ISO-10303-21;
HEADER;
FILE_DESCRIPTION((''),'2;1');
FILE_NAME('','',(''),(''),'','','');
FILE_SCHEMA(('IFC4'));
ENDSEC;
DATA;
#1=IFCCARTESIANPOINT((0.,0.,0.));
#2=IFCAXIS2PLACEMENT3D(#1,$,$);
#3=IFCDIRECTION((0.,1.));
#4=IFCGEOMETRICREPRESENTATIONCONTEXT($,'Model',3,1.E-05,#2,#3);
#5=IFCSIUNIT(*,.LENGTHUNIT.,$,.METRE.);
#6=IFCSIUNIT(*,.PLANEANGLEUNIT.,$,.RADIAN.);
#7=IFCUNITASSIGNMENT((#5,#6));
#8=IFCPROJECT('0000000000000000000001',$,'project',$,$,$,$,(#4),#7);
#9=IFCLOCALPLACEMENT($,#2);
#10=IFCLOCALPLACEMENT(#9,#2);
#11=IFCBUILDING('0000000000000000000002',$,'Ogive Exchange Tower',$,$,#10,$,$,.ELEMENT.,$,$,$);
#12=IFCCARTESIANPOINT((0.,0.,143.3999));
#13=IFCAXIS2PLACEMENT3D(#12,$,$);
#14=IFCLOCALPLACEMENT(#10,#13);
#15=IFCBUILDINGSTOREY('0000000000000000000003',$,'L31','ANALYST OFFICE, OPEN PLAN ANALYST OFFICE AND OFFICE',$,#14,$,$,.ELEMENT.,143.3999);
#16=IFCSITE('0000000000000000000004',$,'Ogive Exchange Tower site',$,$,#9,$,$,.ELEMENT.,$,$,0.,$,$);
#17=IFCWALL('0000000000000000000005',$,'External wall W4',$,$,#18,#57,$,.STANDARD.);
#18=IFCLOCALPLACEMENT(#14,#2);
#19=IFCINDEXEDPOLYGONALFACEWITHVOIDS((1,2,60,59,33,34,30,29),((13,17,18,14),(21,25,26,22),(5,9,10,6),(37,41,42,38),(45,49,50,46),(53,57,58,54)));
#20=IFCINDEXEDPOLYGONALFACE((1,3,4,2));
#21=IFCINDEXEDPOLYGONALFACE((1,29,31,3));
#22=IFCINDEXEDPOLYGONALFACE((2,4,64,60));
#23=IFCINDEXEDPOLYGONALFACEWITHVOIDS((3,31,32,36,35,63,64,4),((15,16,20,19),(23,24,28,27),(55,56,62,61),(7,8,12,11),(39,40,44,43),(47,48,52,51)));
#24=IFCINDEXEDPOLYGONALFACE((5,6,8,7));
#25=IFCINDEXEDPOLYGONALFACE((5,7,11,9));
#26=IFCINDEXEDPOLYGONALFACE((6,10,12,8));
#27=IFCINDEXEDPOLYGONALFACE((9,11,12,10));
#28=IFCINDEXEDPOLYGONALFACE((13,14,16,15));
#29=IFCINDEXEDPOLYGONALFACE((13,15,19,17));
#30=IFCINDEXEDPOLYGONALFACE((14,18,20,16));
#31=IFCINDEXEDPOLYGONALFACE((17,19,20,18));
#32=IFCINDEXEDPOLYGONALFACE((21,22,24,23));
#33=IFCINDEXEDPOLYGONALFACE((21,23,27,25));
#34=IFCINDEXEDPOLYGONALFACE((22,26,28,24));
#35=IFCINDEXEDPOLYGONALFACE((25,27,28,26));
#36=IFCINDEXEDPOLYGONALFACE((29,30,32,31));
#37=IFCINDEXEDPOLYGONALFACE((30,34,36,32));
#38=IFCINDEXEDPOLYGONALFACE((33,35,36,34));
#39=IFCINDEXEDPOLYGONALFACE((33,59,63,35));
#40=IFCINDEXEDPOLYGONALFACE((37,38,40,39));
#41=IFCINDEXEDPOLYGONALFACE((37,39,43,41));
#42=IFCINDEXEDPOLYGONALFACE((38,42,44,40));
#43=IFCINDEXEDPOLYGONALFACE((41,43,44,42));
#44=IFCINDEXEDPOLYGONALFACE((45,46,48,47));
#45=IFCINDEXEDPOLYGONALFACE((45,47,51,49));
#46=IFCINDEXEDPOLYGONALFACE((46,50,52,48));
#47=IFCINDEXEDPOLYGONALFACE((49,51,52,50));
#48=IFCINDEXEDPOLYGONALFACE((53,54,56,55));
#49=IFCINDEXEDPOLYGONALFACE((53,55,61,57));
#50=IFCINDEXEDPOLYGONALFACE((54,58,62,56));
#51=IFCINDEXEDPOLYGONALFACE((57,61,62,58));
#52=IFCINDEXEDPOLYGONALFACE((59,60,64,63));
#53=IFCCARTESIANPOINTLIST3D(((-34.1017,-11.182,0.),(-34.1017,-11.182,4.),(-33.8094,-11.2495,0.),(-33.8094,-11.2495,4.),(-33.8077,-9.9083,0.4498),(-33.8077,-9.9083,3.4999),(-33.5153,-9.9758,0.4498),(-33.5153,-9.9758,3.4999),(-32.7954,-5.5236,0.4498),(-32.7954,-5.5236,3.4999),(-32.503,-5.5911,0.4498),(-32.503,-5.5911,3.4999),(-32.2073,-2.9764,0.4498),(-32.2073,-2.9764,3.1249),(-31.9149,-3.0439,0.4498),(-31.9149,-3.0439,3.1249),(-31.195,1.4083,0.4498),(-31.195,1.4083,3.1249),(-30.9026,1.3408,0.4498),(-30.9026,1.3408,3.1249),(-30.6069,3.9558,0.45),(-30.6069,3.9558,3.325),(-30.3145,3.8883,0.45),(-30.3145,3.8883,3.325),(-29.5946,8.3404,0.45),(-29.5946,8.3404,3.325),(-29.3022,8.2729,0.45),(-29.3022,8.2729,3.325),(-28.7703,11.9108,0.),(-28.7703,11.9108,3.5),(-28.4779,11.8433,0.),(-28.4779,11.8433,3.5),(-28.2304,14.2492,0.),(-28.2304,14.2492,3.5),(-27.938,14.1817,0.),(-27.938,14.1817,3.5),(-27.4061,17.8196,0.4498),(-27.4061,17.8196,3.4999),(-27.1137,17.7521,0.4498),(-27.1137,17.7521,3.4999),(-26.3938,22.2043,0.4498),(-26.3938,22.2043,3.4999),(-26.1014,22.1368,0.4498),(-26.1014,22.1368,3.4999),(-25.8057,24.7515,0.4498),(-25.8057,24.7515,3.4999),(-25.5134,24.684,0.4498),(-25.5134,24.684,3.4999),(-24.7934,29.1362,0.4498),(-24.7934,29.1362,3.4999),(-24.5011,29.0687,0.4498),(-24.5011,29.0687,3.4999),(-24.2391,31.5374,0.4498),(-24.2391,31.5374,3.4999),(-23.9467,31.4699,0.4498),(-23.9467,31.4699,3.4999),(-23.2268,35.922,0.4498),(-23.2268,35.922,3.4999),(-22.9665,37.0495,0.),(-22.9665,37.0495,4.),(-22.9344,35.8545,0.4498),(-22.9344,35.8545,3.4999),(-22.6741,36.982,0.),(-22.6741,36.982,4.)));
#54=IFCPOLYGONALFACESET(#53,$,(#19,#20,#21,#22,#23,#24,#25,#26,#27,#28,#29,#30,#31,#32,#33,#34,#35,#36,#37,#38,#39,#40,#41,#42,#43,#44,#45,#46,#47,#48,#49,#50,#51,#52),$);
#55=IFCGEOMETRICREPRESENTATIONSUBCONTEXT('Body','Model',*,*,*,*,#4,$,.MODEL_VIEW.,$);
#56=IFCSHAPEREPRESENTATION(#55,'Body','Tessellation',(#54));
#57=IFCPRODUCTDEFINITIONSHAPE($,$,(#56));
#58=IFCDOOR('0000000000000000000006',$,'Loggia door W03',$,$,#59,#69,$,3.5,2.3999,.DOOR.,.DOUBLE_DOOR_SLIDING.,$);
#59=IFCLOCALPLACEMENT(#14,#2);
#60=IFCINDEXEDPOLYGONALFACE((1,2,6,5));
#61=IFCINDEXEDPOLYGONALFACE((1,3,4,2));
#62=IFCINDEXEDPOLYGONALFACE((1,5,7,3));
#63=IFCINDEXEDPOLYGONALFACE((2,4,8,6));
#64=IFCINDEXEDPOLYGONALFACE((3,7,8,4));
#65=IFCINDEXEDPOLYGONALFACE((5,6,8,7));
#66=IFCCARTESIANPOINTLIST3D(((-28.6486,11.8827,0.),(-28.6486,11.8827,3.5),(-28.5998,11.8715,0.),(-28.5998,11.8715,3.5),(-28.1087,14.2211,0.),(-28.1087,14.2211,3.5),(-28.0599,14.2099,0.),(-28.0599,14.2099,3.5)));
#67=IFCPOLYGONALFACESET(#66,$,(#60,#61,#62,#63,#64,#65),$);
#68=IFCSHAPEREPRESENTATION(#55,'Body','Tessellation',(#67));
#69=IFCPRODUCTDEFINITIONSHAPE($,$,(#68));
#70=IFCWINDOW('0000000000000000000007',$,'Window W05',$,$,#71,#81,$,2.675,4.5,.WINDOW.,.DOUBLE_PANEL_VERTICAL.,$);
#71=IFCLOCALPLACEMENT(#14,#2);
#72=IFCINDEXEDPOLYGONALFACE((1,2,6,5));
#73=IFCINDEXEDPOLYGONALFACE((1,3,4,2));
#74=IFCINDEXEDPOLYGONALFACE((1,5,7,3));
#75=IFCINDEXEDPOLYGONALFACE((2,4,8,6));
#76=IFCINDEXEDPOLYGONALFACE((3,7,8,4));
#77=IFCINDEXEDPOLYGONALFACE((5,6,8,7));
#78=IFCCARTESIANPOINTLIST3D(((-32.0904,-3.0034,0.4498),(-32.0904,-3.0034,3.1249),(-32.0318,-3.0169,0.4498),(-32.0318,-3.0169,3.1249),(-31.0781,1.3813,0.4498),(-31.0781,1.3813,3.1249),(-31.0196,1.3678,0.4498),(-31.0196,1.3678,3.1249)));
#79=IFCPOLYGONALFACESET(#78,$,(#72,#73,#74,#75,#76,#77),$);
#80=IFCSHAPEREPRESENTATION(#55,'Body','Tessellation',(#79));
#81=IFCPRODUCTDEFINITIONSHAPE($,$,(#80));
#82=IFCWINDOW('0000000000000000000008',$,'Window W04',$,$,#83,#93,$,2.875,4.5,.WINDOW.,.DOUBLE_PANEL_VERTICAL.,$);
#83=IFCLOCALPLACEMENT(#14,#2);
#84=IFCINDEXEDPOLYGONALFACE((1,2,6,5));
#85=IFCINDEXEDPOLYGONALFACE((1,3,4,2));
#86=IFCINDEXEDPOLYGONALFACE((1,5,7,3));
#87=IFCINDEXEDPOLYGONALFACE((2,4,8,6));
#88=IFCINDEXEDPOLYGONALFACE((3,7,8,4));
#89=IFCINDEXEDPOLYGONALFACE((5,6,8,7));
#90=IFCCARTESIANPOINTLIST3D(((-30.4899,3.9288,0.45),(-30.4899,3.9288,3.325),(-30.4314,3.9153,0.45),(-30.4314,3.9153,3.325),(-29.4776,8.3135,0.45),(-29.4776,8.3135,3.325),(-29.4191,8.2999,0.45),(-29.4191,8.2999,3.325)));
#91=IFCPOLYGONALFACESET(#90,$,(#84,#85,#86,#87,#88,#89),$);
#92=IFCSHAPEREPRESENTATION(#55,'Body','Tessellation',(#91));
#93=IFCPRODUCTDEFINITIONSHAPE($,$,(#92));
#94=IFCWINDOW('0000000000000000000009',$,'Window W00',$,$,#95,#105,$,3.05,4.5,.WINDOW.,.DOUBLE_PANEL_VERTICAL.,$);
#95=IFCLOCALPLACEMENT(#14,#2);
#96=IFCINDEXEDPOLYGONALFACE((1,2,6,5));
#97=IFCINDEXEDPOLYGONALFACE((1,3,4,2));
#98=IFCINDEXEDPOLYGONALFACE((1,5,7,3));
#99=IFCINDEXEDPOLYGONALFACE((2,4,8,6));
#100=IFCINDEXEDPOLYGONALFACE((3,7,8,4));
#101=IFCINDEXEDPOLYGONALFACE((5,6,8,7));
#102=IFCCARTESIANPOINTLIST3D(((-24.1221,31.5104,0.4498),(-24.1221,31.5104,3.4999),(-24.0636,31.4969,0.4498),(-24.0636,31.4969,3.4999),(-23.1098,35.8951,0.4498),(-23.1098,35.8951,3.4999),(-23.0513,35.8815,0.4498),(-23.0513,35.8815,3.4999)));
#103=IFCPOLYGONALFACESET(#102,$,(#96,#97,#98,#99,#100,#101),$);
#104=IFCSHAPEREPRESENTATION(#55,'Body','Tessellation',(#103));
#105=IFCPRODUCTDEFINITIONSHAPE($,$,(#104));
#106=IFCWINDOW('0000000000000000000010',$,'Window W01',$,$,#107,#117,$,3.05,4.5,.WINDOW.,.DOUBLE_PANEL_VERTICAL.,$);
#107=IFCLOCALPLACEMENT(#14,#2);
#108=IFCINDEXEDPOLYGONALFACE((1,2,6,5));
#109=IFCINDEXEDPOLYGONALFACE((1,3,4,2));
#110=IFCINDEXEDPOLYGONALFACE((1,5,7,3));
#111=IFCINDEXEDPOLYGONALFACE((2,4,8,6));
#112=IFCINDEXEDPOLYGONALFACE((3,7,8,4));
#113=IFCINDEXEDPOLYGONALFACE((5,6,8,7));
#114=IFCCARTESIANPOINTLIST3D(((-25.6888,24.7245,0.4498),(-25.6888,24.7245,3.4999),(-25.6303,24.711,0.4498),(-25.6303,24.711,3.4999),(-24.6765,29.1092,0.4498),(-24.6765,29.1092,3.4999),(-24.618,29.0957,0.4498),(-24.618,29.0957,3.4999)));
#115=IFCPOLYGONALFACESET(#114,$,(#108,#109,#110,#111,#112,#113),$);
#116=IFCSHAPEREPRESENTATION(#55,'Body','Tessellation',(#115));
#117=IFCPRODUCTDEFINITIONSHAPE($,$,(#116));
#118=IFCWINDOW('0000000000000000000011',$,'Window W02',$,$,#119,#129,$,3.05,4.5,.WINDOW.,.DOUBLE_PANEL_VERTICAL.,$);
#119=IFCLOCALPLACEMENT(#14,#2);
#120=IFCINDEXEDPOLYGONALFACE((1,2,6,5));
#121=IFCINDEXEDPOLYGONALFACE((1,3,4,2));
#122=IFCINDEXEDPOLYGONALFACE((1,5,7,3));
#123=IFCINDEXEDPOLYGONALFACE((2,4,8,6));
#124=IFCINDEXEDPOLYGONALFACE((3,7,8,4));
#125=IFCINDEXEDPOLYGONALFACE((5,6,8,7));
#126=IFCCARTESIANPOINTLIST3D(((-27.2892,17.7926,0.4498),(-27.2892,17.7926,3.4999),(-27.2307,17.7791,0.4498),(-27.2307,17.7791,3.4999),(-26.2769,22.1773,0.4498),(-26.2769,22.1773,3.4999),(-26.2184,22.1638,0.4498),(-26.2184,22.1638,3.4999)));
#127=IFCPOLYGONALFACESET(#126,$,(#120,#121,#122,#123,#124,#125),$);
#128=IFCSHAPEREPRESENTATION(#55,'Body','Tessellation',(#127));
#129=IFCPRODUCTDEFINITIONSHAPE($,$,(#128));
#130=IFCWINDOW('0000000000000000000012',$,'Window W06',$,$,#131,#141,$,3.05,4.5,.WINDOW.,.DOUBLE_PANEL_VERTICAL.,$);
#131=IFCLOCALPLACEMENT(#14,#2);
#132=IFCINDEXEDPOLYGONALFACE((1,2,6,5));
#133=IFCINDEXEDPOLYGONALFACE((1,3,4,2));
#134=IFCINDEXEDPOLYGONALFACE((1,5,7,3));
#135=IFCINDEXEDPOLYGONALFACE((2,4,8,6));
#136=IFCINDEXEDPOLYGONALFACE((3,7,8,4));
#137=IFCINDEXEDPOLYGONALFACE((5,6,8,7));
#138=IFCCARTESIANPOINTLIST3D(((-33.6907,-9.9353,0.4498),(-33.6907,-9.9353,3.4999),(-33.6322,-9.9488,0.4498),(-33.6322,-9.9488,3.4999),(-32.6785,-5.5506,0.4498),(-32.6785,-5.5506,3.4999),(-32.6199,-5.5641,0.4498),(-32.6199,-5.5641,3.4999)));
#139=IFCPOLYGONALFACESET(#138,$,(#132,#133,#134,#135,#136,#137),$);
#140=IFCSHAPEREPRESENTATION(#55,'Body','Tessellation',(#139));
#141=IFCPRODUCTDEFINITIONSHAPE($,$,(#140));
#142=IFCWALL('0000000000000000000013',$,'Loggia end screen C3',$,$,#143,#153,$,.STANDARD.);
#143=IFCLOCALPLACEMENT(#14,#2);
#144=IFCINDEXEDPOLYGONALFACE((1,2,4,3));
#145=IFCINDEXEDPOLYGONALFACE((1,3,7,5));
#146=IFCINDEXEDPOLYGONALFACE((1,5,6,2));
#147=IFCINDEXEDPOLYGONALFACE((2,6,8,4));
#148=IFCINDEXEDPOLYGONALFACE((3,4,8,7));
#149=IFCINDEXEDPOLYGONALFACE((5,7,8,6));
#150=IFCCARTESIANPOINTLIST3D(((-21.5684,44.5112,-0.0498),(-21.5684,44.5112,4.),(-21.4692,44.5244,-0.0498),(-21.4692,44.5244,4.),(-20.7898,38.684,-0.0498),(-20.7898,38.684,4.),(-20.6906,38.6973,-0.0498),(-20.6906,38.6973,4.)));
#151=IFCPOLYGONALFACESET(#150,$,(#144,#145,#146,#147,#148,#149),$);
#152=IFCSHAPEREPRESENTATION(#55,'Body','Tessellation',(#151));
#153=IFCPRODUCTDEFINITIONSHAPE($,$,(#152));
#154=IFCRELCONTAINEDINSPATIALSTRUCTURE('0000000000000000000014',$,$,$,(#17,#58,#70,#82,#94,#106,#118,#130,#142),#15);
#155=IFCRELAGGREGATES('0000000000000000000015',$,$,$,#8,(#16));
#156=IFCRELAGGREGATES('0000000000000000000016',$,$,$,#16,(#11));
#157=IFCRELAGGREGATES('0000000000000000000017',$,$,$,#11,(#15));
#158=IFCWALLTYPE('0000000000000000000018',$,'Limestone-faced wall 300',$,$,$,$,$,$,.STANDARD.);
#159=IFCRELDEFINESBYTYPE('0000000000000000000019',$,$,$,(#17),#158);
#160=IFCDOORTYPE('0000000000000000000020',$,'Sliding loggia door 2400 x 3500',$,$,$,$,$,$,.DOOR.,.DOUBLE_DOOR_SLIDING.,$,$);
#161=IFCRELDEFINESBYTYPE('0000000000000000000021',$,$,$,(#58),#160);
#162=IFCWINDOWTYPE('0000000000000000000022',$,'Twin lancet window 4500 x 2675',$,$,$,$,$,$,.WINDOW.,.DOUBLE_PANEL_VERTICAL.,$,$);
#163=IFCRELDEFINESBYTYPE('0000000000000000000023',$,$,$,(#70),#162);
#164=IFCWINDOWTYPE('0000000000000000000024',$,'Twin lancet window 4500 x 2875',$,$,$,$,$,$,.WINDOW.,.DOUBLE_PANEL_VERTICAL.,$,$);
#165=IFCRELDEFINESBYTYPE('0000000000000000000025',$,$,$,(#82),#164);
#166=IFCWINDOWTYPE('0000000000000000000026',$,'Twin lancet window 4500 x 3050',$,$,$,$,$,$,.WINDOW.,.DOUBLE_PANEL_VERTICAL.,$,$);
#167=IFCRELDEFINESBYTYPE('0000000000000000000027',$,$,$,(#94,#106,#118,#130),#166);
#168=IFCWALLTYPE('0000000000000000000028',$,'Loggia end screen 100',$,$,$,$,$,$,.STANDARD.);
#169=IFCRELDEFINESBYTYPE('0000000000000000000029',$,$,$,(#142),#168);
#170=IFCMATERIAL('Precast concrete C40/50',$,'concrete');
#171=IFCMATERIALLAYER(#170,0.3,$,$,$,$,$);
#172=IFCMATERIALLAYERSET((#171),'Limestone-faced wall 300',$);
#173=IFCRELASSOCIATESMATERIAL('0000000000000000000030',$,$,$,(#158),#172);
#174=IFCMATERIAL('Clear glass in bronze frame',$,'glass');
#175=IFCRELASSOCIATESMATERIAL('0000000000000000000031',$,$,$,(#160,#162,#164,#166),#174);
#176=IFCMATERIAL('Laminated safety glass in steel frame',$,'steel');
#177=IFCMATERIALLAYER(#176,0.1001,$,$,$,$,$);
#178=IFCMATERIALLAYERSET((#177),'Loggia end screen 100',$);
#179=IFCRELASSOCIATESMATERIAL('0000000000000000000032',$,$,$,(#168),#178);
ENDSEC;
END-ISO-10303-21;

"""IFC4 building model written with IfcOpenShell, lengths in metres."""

from ifc_helpers import new_model, si_unit, direction, frame, frame_2d, origin, place, context, subcontext, project, spatial, rectangle, extrude, material, layer, layer_set, type_object, element, fill, save


model = new_model("IFC4")

# Units and contexts
model_context = context("Model", 3, precision=1e-05, world=origin(), true_north=direction((0.0, 1.0)))
body_context = subcontext(model_context, "Body", "Model", "MODEL_VIEW")
ifc_project = project(units=[si_unit("LENGTHUNIT", "METRE"), si_unit("PLANEANGLEUNIT", "RADIAN")], contexts=[model_context])

# Site, building, storey
site_placement = place(None, origin())
site = spatial("IfcSite", under=ifc_project, at=site_placement, Name="Ogive Exchange Tower site", CompositionType="ELEMENT", RefElevation=0.0)
building_placement = place(site_placement, origin())
building = spatial("IfcBuilding", under=site, at=building_placement, Name="Ogive Exchange Tower", CompositionType="ELEMENT")
storey_placement = place(building_placement, frame((0.0, 0.0, 143.3999)))
storey = spatial("IfcBuildingStorey", under=building, at=storey_placement, Name="L31", Description="ANALYST OFFICE, OPEN PLAN ANALYST OFFICE AND OFFICE", CompositionType="ELEMENT", Elevation=143.3999)

# Wall, openings, door, windows
ifc_material_1 = material(Name="Precast concrete C40/50", Category="concrete")
ifc_layer_1 = layer(ifc_material_1, 0.3)
ifc_layer_set_1 = layer_set([ifc_layer_1], Name="Limestone-faced wall 300")
wall_type_1 = type_object("IfcWallType", Name="Limestone-faced wall 300", PredefinedType="STANDARD", material=ifc_layer_set_1)
wall_1_placement = place(storey_placement, frame((-22.8203, 37.0156, 0.0), z_axis=(0.0, 0.0, 1.0), x_axis=(-0.224954, -0.974369, 0.0)))
wall_1 = element("IfcWall", 1, at=wall_1_placement, inside=storey, type_object=wall_type_1, Name="External wall W4", PredefinedType="STANDARD", context=body_context, shape_type="SweptSolid", body=[
    extrude(rectangle(XDim=49.5002, YDim=0.3, at=frame_2d((24.75, 0.0))), origin(), (0.0, 0.0, 1.0), 4.0),
])
opening_1_placement = place(wall_1_placement, frame((1.157, 0.0, 0.45)))
opening_1 = element("IfcOpeningElement", 2, at=opening_1_placement, cuts=wall_1, PredefinedType="OPENING", context=body_context, shape_type="SweptSolid", body=[
    extrude(rectangle(XDim=4.5, YDim=3.05, at=frame_2d((2.25, 1.5249))), frame((0.0, 0.1599, 0.0), z_axis=(0.0, -1.0, 0.0), x_axis=(1.0, 0.0, 0.0)), (0.0, 0.0, 1.0), 0.3201),
])
opening_2_placement = place(wall_1_placement, frame((8.1213, 0.0, 0.45)))
opening_2 = element("IfcOpeningElement", 3, at=opening_2_placement, cuts=wall_1, PredefinedType="OPENING", context=body_context, shape_type="SweptSolid", body=[
    extrude(rectangle(XDim=4.5, YDim=3.05, at=frame_2d((2.25, 1.5249))), frame((0.0, 0.1599, 0.0), z_axis=(0.0, -1.0, 0.0), x_axis=(1.0, 0.0, 0.0)), (0.0, 0.0, 1.0), 0.3201),
])
opening_3_placement = place(wall_1_placement, frame((15.2356, 0.0, 0.45)))
opening_3 = element("IfcOpeningElement", 4, at=opening_3_placement, cuts=wall_1, PredefinedType="OPENING", context=body_context, shape_type="SweptSolid", body=[
    extrude(rectangle(XDim=4.5, YDim=3.05, at=frame_2d((2.25, 1.5249))), frame((0.0, 0.1599, 0.0), z_axis=(0.0, -1.0, 0.0), x_axis=(1.0, 0.0, 0.0)), (0.0, 0.0, 1.0), 0.3201),
])
opening_4_placement = place(wall_1_placement, frame((23.3999, 0.0, 0.0)))
opening_4 = element("IfcOpeningElement", 5, at=opening_4_placement, cuts=wall_1, PredefinedType="OPENING", context=body_context, shape_type="SweptSolid", body=[
    extrude(rectangle(XDim=2.3999, YDim=3.5, at=frame_2d((1.2, 1.75))), frame((0.0, 0.1599, 0.0), z_axis=(0.0, -1.0, 0.0), x_axis=(1.0, 0.0, 0.0)), (0.0, 0.0, 1.0), 0.3201),
])
opening_5_placement = place(wall_1_placement, frame((29.4641, 0.0, 0.45)))
opening_5 = element("IfcOpeningElement", 6, at=opening_5_placement, cuts=wall_1, PredefinedType="OPENING", context=body_context, shape_type="SweptSolid", body=[
    extrude(rectangle(XDim=4.5, YDim=2.875, at=frame_2d((2.25, 1.4375))), frame((0.0, 0.1599, 0.0), z_axis=(0.0, -1.0, 0.0), x_axis=(1.0, 0.0, 0.0)), (0.0, 0.0, 1.0), 0.3201),
])
opening_6_placement = place(wall_1_placement, frame((36.5786, 0.0, 0.45)))
opening_6 = element("IfcOpeningElement", 7, at=opening_6_placement, cuts=wall_1, PredefinedType="OPENING", context=body_context, shape_type="SweptSolid", body=[
    extrude(rectangle(XDim=4.5, YDim=2.675, at=frame_2d((2.25, 1.3374))), frame((0.0, 0.1599, 0.0), z_axis=(0.0, -1.0, 0.0), x_axis=(1.0, 0.0, 0.0)), (0.0, 0.0, 1.0), 0.3201),
])
opening_7_placement = place(wall_1_placement, frame((43.6929, 0.0, 0.45)))
opening_7 = element("IfcOpeningElement", 8, at=opening_7_placement, cuts=wall_1, PredefinedType="OPENING", context=body_context, shape_type="SweptSolid", body=[
    extrude(rectangle(XDim=4.5, YDim=3.05, at=frame_2d((2.25, 1.5249))), frame((0.0, 0.1599, 0.0), z_axis=(0.0, -1.0, 0.0), x_axis=(1.0, 0.0, 0.0)), (0.0, 0.0, 1.0), 0.3201),
])
ifc_material_2 = material(Name="Clear glass in bronze frame", Category="glass")
door_type_1 = type_object("IfcDoorType", Name="Sliding loggia door 2400 x 3500", OperationType="DOUBLE_DOOR_SLIDING", PredefinedType="DOOR", material=ifc_material_2)
door_1_placement = place(opening_4_placement, origin())
door_1 = element("IfcDoor", 9, at=door_1_placement, inside=storey, type_object=door_type_1, Name="Loggia door W03", OperationType="DOUBLE_DOOR_SLIDING", OverallHeight=3.5, OverallWidth=2.3999, PredefinedType="DOOR", context=body_context, shape_type="SweptSolid", body=[
    extrude(rectangle(XDim=2.3999, YDim=3.5, at=frame_2d((1.2, 1.75))), frame((0.0, 0.0249, 0.0), z_axis=(0.0, -1.0, 0.0), x_axis=(1.0, 0.0, 0.0)), (0.0, 0.0, 1.0), 0.05),
])
fill(opening_4, door_1)
window_type_1 = type_object("IfcWindowType", Name="Twin lancet window 4500 x 2675", PartitioningType="DOUBLE_PANEL_VERTICAL", PredefinedType="WINDOW", material=ifc_material_2)
window_1_placement = place(opening_6_placement, origin())
window_1 = element("IfcWindow", 10, at=window_1_placement, inside=storey, type_object=window_type_1, Name="Window W05", OverallHeight=2.675, OverallWidth=4.5, PartitioningType="DOUBLE_PANEL_VERTICAL", PredefinedType="WINDOW", context=body_context, shape_type="SweptSolid", body=[
    extrude(rectangle(XDim=4.5, YDim=2.675, at=frame_2d((2.25, 1.3374))), frame((0.0, 0.03, 0.0), z_axis=(0.0, -1.0, 0.0), x_axis=(1.0, 0.0, 0.0)), (0.0, 0.0, 1.0), 0.0601),
])
fill(opening_6, window_1)
window_type_2 = type_object("IfcWindowType", Name="Twin lancet window 4500 x 2875", PartitioningType="DOUBLE_PANEL_VERTICAL", PredefinedType="WINDOW", material=ifc_material_2)
window_2_placement = place(opening_5_placement, origin())
window_2 = element("IfcWindow", 11, at=window_2_placement, inside=storey, type_object=window_type_2, Name="Window W04", OverallHeight=2.875, OverallWidth=4.5, PartitioningType="DOUBLE_PANEL_VERTICAL", PredefinedType="WINDOW", context=body_context, shape_type="SweptSolid", body=[
    extrude(rectangle(XDim=4.5, YDim=2.875, at=frame_2d((2.25, 1.4375))), frame((0.0, 0.03, 0.0), z_axis=(0.0, -1.0, 0.0), x_axis=(1.0, 0.0, 0.0)), (0.0, 0.0, 1.0), 0.0601),
])
fill(opening_5, window_2)
window_type_3 = type_object("IfcWindowType", Name="Twin lancet window 4500 x 3050", PartitioningType="DOUBLE_PANEL_VERTICAL", PredefinedType="WINDOW", material=ifc_material_2)
window_3_placement = place(opening_1_placement, origin())
window_3 = element("IfcWindow", 12, at=window_3_placement, inside=storey, type_object=window_type_3, Name="Window W00", OverallHeight=3.05, OverallWidth=4.5, PartitioningType="DOUBLE_PANEL_VERTICAL", PredefinedType="WINDOW", context=body_context, shape_type="SweptSolid", body=[
    extrude(rectangle(XDim=4.5, YDim=3.05, at=frame_2d((2.25, 1.5249))), frame((0.0, 0.03, 0.0), z_axis=(0.0, -1.0, 0.0), x_axis=(1.0, 0.0, 0.0)), (0.0, 0.0, 1.0), 0.0601),
])
fill(opening_1, window_3)
window_4_placement = place(opening_2_placement, origin())
window_4 = element("IfcWindow", 13, at=window_4_placement, inside=storey, type_object=window_type_3, Name="Window W01", OverallHeight=3.05, OverallWidth=4.5, PartitioningType="DOUBLE_PANEL_VERTICAL", PredefinedType="WINDOW", context=body_context, shape_type="SweptSolid", body=[
    extrude(rectangle(XDim=4.5, YDim=3.05, at=frame_2d((2.25, 1.5249))), frame((0.0, 0.03, 0.0), z_axis=(0.0, -1.0, 0.0), x_axis=(1.0, 0.0, 0.0)), (0.0, 0.0, 1.0), 0.0601),
])
fill(opening_2, window_4)
window_5_placement = place(opening_3_placement, origin())
window_5 = element("IfcWindow", 14, at=window_5_placement, inside=storey, type_object=window_type_3, Name="Window W02", OverallHeight=3.05, OverallWidth=4.5, PartitioningType="DOUBLE_PANEL_VERTICAL", PredefinedType="WINDOW", context=body_context, shape_type="SweptSolid", body=[
    extrude(rectangle(XDim=4.5, YDim=3.05, at=frame_2d((2.25, 1.5249))), frame((0.0, 0.03, 0.0), z_axis=(0.0, -1.0, 0.0), x_axis=(1.0, 0.0, 0.0)), (0.0, 0.0, 1.0), 0.0601),
])
fill(opening_3, window_5)
window_6_placement = place(opening_7_placement, origin())
window_6 = element("IfcWindow", 15, at=window_6_placement, inside=storey, type_object=window_type_3, Name="Window W06", OverallHeight=3.05, OverallWidth=4.5, PartitioningType="DOUBLE_PANEL_VERTICAL", PredefinedType="WINDOW", context=body_context, shape_type="SweptSolid", body=[
    extrude(rectangle(XDim=4.5, YDim=3.05, at=frame_2d((2.25, 1.5249))), frame((0.0, 0.03, 0.0), z_axis=(0.0, -1.0, 0.0), x_axis=(1.0, 0.0, 0.0)), (0.0, 0.0, 1.0), 0.0601),
])
fill(opening_7, window_6)

# Wall
ifc_material_3 = material(Name="Laminated safety glass in steel frame", Category="steel")
ifc_layer_2 = layer(ifc_material_3, 0.1001)
ifc_layer_set_2 = layer_set([ifc_layer_2], Name="Loggia end screen 100")
wall_type_2 = type_object("IfcWallType", Name="Loggia end screen 100", PredefinedType="STANDARD", material=ifc_layer_set_2)
wall_2_placement = place(storey_placement, frame((-20.7402, 38.6907, -0.0498), z_axis=(0.0, 0.0, 1.0), x_axis=(-0.132433, 0.991192, 0.0)))
element("IfcWall", 16, at=wall_2_placement, inside=storey, type_object=wall_type_2, Name="Loggia end screen C3", PredefinedType="STANDARD", context=body_context, shape_type="SweptSolid", body=[
    extrude(rectangle(XDim=5.8789, YDim=0.1001, at=frame_2d((2.9395, 0.0))), origin(), (0.0, 0.0, 1.0), 4.0498),
])

save(model, "model.ifc")
